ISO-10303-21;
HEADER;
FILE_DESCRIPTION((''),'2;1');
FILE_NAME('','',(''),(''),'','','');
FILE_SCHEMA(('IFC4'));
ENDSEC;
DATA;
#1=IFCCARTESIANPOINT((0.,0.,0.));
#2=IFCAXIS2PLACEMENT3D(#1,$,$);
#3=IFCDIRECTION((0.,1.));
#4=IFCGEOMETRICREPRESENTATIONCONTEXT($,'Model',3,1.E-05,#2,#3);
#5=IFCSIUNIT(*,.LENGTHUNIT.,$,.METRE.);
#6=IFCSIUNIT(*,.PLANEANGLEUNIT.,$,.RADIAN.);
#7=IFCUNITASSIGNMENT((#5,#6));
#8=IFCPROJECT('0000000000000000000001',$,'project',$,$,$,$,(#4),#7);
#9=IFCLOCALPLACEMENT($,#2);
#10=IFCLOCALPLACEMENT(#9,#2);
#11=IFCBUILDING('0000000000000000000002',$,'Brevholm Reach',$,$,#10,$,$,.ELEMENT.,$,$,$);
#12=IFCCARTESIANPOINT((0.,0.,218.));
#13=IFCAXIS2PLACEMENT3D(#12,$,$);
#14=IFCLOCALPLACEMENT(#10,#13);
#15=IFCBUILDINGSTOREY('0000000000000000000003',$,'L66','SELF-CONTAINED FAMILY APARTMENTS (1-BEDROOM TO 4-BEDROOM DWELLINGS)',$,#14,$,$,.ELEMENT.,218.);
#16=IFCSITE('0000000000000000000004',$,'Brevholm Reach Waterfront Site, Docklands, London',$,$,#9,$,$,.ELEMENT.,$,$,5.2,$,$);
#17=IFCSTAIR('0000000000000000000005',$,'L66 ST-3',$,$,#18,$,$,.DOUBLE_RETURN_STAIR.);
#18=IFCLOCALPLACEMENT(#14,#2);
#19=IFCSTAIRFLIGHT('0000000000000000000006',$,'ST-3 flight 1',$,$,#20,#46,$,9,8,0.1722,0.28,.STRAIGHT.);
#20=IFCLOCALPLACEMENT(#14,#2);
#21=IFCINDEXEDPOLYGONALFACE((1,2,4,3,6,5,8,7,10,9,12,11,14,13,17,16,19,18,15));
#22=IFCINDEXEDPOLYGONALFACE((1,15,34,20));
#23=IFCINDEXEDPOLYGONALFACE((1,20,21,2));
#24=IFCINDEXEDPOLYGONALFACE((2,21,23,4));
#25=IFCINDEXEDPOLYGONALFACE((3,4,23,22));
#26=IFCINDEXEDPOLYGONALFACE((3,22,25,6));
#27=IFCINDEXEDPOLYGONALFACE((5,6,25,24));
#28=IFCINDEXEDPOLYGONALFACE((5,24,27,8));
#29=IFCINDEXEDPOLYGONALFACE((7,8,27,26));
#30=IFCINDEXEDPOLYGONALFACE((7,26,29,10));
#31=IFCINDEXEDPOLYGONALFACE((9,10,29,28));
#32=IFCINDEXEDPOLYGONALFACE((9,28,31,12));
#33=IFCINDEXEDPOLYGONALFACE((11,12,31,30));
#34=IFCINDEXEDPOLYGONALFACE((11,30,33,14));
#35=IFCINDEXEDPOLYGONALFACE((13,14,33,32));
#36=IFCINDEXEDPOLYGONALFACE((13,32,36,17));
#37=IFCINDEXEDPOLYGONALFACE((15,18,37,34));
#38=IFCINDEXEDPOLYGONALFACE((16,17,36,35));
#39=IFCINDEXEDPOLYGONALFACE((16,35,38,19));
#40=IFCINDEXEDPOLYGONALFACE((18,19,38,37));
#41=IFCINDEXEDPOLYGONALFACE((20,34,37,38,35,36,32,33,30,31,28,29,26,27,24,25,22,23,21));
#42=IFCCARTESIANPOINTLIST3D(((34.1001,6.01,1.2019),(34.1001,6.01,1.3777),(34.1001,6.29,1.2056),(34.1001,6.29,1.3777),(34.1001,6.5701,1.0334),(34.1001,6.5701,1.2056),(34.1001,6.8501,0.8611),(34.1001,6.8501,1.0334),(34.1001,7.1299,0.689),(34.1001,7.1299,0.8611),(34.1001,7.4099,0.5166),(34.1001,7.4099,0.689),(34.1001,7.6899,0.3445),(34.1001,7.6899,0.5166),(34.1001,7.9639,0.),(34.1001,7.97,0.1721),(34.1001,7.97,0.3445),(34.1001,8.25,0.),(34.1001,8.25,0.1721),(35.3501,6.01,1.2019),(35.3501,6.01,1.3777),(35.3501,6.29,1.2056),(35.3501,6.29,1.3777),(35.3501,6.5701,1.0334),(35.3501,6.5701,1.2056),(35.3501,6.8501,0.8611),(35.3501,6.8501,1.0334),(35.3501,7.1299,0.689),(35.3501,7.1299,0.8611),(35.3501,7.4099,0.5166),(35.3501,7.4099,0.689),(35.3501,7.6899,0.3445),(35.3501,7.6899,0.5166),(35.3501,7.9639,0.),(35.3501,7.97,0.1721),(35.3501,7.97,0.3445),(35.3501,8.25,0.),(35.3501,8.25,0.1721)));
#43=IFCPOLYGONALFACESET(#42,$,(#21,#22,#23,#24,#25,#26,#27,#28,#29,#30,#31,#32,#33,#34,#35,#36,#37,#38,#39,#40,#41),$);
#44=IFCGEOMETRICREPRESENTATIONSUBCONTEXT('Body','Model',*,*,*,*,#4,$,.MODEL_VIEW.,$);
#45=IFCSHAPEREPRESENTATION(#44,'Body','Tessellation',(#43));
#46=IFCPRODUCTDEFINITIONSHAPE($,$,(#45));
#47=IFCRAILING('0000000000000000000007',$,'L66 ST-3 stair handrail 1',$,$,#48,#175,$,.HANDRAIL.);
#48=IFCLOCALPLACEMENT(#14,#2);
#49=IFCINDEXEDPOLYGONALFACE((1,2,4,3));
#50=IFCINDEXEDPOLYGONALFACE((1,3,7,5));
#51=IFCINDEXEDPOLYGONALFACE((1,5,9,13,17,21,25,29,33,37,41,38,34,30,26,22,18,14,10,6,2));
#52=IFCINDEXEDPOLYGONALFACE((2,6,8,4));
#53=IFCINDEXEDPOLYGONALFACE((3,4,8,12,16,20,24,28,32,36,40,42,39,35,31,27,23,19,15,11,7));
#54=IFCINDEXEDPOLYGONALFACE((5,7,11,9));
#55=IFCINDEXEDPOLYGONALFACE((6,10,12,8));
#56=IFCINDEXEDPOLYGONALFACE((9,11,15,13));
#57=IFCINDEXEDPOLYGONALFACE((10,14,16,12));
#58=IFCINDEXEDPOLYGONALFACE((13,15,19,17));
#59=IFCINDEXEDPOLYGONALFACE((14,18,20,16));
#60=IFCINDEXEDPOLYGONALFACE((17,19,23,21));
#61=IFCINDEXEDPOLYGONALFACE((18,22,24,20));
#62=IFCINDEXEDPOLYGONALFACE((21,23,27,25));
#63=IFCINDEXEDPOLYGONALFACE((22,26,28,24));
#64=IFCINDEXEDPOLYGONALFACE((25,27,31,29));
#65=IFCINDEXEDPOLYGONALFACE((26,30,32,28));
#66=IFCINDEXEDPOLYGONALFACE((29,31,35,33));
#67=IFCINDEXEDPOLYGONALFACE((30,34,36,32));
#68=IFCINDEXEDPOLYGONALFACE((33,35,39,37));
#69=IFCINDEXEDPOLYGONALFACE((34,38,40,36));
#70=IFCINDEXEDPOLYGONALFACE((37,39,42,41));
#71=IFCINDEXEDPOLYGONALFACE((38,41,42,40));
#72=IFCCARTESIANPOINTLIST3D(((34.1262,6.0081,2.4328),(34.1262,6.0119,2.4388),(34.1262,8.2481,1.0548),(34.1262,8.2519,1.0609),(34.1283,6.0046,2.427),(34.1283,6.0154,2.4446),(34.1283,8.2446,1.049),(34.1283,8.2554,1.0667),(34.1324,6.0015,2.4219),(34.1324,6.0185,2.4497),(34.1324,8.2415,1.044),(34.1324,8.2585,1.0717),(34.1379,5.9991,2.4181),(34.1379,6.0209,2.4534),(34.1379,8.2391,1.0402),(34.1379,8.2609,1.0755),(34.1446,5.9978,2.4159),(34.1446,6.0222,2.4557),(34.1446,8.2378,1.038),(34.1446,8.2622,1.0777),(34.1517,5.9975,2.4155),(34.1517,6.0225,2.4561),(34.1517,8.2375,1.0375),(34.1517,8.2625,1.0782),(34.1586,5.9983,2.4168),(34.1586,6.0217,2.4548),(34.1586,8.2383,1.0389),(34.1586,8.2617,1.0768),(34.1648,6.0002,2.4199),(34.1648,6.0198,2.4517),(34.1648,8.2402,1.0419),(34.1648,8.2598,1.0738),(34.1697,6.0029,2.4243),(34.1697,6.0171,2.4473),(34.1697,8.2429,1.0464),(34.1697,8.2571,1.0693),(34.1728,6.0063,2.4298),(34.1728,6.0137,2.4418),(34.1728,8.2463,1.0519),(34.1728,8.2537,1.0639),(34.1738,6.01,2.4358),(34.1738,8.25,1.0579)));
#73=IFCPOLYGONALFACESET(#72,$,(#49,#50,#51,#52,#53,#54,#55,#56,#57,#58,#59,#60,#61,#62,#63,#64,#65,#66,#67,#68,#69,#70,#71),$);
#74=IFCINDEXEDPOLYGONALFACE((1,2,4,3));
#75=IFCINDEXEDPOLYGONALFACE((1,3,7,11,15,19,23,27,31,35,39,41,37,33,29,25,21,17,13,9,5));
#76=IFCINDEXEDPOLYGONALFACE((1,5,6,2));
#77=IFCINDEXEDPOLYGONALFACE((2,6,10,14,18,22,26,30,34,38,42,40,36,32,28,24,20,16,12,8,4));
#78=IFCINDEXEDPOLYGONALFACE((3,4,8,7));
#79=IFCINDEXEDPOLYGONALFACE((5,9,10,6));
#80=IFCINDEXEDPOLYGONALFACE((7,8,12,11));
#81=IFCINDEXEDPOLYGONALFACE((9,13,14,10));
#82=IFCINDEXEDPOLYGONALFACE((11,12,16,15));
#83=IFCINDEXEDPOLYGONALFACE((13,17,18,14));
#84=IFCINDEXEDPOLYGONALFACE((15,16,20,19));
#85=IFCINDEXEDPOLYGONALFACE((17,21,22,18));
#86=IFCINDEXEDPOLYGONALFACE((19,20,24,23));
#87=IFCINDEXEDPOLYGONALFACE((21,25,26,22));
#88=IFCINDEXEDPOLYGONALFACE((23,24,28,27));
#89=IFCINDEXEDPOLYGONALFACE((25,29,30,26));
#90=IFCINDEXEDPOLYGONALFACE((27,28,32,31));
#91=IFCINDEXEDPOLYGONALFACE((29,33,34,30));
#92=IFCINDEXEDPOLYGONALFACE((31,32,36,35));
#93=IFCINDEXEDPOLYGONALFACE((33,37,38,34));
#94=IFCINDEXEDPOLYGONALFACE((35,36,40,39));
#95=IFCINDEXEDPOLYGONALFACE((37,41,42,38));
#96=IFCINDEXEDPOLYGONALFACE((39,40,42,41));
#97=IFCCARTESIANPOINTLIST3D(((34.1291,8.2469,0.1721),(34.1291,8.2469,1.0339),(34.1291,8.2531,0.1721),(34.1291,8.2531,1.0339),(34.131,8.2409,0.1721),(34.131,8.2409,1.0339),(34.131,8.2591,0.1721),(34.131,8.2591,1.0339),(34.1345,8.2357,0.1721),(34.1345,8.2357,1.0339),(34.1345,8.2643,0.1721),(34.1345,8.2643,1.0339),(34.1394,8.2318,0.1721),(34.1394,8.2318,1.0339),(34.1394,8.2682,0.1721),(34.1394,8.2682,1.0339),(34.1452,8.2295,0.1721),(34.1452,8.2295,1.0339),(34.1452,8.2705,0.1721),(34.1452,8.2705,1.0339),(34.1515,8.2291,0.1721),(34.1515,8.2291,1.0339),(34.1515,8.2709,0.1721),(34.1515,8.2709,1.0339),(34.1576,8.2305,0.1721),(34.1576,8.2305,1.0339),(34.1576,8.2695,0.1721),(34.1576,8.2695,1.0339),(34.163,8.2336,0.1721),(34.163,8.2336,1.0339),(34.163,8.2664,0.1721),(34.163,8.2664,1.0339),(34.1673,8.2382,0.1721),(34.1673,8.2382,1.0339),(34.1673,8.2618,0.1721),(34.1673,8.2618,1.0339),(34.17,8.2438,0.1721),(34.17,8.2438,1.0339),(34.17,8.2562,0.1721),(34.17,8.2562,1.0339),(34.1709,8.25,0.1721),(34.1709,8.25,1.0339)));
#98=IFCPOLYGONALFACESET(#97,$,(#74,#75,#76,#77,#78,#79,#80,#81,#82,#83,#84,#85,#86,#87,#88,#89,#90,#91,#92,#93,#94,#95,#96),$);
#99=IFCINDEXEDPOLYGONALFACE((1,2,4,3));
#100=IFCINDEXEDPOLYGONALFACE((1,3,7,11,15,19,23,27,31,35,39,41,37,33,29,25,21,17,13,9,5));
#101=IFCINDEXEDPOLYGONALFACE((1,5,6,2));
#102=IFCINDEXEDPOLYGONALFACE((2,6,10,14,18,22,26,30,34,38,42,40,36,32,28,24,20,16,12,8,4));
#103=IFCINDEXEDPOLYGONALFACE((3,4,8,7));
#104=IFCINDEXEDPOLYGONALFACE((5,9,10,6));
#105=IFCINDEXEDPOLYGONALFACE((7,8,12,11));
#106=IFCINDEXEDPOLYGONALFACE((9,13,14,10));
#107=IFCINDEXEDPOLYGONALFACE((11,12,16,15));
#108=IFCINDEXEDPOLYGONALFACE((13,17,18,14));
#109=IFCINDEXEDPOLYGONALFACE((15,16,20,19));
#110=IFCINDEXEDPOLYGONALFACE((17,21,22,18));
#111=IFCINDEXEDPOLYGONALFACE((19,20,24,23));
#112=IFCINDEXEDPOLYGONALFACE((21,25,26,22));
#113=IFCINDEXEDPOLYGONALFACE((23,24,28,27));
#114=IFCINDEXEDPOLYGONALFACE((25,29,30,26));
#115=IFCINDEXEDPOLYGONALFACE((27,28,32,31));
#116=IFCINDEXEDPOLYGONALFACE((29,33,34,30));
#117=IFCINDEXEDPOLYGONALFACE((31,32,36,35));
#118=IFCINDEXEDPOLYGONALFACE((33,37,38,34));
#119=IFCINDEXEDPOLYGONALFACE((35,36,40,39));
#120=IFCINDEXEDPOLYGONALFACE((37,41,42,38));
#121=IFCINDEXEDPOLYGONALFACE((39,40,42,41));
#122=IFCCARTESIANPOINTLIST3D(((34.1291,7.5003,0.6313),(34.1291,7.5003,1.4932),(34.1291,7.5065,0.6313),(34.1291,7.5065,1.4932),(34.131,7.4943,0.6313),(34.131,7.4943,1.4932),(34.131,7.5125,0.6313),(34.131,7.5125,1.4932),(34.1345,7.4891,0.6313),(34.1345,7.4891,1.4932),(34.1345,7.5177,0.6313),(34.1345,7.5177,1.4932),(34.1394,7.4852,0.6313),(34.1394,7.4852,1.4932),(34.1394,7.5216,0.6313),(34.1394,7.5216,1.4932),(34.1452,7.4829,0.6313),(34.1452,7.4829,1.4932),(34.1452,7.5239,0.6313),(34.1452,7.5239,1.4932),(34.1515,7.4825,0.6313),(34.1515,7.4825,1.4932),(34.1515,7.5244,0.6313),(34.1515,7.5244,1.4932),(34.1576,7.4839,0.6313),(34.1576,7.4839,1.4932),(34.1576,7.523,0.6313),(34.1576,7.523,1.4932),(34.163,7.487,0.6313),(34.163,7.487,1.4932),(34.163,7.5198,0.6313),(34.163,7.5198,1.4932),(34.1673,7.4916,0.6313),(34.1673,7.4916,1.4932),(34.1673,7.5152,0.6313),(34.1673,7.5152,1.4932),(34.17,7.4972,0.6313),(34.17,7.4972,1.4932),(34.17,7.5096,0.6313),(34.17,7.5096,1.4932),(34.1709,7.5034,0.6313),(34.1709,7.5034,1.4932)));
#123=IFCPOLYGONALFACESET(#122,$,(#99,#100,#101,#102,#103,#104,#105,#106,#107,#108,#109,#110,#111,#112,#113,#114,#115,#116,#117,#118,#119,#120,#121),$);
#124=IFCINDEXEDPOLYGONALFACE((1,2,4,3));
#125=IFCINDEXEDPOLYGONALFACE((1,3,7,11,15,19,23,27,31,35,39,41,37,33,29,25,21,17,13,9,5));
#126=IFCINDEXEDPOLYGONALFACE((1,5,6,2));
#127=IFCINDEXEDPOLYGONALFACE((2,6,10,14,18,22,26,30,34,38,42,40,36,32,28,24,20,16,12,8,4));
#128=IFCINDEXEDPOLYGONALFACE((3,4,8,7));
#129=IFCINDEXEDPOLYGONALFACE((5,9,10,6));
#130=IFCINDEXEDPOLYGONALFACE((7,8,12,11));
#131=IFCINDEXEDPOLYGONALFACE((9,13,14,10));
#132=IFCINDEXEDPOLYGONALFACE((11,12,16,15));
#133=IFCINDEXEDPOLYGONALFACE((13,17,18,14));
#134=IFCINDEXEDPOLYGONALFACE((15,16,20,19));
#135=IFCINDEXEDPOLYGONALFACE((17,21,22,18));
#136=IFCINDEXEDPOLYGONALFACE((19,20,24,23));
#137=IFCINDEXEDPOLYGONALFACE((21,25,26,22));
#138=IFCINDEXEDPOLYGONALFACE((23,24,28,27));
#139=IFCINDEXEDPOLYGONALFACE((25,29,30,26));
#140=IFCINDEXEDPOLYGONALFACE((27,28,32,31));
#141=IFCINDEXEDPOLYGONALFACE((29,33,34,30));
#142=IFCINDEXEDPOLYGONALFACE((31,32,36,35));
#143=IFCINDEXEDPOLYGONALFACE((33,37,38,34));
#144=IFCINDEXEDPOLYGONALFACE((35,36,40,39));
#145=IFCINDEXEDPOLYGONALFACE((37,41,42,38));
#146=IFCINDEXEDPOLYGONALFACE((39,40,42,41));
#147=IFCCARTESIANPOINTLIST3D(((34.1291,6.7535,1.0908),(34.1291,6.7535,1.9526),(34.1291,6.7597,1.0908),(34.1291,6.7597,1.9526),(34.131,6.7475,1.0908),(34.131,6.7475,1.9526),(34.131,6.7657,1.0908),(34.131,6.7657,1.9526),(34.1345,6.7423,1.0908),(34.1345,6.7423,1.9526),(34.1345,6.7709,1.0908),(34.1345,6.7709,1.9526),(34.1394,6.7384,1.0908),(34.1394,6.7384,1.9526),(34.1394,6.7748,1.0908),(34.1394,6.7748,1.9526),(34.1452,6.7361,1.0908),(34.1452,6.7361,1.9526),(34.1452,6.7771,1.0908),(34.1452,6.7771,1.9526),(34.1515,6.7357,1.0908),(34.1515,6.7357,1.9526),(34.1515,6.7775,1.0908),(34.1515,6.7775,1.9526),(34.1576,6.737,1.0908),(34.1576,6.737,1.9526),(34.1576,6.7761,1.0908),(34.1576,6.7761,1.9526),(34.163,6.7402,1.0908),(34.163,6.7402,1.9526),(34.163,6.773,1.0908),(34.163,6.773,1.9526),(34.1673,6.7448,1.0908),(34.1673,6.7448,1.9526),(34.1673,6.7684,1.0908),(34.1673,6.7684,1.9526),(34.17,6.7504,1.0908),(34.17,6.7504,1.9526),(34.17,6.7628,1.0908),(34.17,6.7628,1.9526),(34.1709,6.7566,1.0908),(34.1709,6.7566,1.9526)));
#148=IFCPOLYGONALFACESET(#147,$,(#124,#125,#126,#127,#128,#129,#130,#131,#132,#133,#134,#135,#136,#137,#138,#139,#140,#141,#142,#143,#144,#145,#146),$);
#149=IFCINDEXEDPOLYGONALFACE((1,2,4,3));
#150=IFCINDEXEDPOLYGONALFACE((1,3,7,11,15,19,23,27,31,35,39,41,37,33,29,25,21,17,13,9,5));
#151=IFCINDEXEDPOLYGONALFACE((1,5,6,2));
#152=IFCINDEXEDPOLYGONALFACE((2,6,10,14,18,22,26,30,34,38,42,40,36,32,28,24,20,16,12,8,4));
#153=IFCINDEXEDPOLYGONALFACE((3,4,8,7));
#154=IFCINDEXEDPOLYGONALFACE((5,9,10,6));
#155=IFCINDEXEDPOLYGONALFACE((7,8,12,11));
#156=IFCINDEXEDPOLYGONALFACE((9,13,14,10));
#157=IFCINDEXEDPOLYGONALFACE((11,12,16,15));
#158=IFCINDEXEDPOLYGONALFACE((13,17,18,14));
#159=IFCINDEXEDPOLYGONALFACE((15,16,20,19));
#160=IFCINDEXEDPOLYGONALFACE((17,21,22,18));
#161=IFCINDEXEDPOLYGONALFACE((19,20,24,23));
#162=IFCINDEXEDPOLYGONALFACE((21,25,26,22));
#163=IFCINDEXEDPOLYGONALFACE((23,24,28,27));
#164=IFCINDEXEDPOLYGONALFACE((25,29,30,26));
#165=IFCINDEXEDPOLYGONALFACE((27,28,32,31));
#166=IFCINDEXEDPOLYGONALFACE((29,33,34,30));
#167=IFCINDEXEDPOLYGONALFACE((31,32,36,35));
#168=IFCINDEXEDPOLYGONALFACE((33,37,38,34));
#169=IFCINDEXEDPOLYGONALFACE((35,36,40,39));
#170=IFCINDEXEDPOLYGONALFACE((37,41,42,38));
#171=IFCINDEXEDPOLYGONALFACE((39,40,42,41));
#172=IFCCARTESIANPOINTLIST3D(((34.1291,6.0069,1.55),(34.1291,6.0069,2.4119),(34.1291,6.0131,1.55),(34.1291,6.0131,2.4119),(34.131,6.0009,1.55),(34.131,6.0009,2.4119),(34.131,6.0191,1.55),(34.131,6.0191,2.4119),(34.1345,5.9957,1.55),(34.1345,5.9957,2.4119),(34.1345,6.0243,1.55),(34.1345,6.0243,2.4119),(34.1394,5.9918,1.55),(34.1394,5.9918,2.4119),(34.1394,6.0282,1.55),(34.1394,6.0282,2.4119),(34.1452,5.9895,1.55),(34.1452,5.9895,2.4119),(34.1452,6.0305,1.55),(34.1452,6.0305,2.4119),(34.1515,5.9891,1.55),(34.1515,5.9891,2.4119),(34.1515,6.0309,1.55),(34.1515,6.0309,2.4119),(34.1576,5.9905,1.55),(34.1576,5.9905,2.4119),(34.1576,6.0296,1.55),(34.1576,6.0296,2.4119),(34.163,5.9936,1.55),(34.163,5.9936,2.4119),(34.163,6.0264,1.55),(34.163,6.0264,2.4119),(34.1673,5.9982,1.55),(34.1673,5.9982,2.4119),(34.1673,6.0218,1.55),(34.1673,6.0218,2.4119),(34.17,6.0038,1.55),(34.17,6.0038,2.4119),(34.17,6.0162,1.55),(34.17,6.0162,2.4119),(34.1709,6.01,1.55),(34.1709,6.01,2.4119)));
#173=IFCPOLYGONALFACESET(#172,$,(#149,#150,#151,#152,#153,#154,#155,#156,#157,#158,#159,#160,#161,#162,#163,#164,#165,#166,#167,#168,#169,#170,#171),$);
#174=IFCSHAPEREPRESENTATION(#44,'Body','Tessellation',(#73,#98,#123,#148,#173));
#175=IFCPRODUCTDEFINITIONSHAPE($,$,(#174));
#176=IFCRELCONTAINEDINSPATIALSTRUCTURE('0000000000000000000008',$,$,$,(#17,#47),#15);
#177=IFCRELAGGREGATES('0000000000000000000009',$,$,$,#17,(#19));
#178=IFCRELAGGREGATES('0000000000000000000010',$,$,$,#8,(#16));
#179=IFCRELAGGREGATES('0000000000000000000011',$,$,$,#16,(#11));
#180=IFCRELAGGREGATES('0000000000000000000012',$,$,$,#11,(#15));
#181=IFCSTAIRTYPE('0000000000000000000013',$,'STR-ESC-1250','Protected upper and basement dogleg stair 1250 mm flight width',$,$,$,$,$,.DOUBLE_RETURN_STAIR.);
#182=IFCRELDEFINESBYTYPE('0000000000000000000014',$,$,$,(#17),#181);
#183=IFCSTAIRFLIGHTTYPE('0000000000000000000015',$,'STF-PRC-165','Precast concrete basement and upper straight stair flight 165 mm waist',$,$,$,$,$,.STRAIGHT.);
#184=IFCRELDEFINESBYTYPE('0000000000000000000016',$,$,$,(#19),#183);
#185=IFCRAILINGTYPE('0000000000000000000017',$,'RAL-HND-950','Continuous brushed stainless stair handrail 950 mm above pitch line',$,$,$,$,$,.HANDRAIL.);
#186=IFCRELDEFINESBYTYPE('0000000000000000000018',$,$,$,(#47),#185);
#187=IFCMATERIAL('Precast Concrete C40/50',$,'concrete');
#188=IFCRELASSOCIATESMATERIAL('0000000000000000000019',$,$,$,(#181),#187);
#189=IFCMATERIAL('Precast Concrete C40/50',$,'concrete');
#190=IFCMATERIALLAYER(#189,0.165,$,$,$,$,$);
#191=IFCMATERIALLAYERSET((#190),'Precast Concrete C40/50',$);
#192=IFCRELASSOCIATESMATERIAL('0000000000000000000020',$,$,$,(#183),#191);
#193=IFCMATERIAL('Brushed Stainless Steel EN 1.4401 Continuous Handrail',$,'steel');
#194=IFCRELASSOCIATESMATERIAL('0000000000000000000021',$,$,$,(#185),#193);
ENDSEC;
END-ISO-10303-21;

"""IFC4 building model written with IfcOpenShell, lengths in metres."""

from ifc_helpers import new_model, si_unit, direction, frame, origin, origin_2d, place, context, subcontext, project, spatial, polyline, circle, outline, extrude, material, layer, layer_set, type_object, element, aggregate, save


model = new_model("IFC4")

# Units and contexts
model_context = context("Model", 3, precision=1e-05, world=origin(), true_north=direction((0.0, 1.0)))
body_context = subcontext(model_context, "Body", "Model", "MODEL_VIEW")
ifc_project = project(units=[si_unit("LENGTHUNIT", "METRE"), si_unit("PLANEANGLEUNIT", "RADIAN")], contexts=[model_context])

# Site, building, storey
site_placement = place(None, origin())
site = spatial("IfcSite", under=ifc_project, at=site_placement, Name="Brevholm Reach Waterfront Site, Docklands, London", CompositionType="ELEMENT", RefElevation=5.2)
building_placement = place(site_placement, origin())
building = spatial("IfcBuilding", under=site, at=building_placement, Name="Brevholm Reach", CompositionType="ELEMENT")
storey_placement = place(building_placement, frame((0.0, 0.0, 218.0)))
storey = spatial("IfcBuildingStorey", under=building, at=storey_placement, Name="L66", Description="SELF-CONTAINED FAMILY APARTMENTS (1-BEDROOM TO 4-BEDROOM DWELLINGS)", CompositionType="ELEMENT", Elevation=218.0)

# Stair, stair flight
ifc_material_1 = material(Name="Precast Concrete C40/50", Category="concrete")
stair_type = type_object("IfcStairType", Name="STR-ESC-1250", Description="Protected upper and basement dogleg stair 1250 mm flight width", PredefinedType="DOUBLE_RETURN_STAIR", material=ifc_material_1)
stair_placement = place(storey_placement, origin())
stair = element("IfcStair", 1, at=stair_placement, inside=storey, type_object=stair_type, Name="L66 ST-3", PredefinedType="DOUBLE_RETURN_STAIR")
ifc_material_2 = material(Name="Precast Concrete C40/50", Category="concrete")
ifc_layer_1 = layer(ifc_material_2, 0.165)
ifc_layer_set_1 = layer_set([ifc_layer_1], Name="Precast Concrete C40/50")
stair_flight_type = type_object("IfcStairFlightType", Name="STF-PRC-165", Description="Precast concrete basement and upper straight stair flight 165 mm waist", PredefinedType="STRAIGHT", material=ifc_layer_set_1)
stair_flight_placement = place(storey_placement, frame((34.7251, 8.25, 0.0), z_axis=(0.0, 0.0, 1.0), x_axis=(0.0, -1.0, 0.0)))
stair_flight = element("IfcStairFlight", 2, at=stair_flight_placement, type_object=stair_flight_type, Name="ST-3 flight 1", NumberOfRisers=9, NumberOfTreads=8, PredefinedType="STRAIGHT", RiserHeight=0.1722, TreadLength=0.28, context=body_context, shape_type="SweptSolid", body=[
    extrude(outline(polyline([(0.0, 0.0), (0.0, 0.1721), (0.28, 0.1721), (0.28, 0.3445), (0.5601, 0.3445), (0.5601, 0.5166), (0.8401, 0.5166), (0.8401, 0.689), (1.1201, 0.689), (1.1201, 0.8611), (1.3999, 0.8611), (1.3999, 1.0334), (1.6799, 1.0334), (1.6799, 1.2056), (1.96, 1.2056), (1.96, 1.3777), (2.24, 1.3777), (2.24, 1.55), (2.24, 1.2019), (0.2861, 0.0), (0.0, 0.0)])), frame((0.0, 0.625, 0.0), z_axis=(0.0, -1.0, 0.0), x_axis=(1.0, 0.0, 0.0)), (0.0, 0.0, 1.0), 1.25),
])
aggregate(stair, [stair_flight])

# Railing
ifc_material_3 = material(Name="Brushed Stainless Steel EN 1.4401 Continuous Handrail", Category="steel")
railing_type_1 = type_object("IfcRailingType", Name="RAL-HND-950", Description="Continuous brushed stainless stair handrail 950 mm above pitch line", PredefinedType="HANDRAIL", material=ifc_material_3)
railing_1_placement = place(storey_placement, frame((34.1499, 8.25, 0.1721)))
element("IfcRailing", 3, at=railing_1_placement, inside=storey, type_object=railing_type_1, Name="L66 ST-3 stair handrail 1", PredefinedType="HANDRAIL", context=body_context, shape_type="SweptSolid", body=[
    extrude(circle(Radius=0.0239, at=origin_2d()), frame((0.0, 0.0, 0.8857), z_axis=(0.0, -0.851748, 0.523952), x_axis=(1.0, 0.0, 0.0)), (0.0, 0.0, 1.0), 2.6299),
    extrude(circle(Radius=0.021, at=origin_2d()), origin(), (0.0, 0.0, 1.0), 0.8618),
    extrude(circle(Radius=0.021, at=origin_2d()), frame((0.0, -0.7466, 0.4592)), (0.0, 0.0, 1.0), 0.8618),
    extrude(circle(Radius=0.021, at=origin_2d()), frame((0.0, -1.4934, 0.9187)), (0.0, 0.0, 1.0), 0.8618),
    extrude(circle(Radius=0.021, at=origin_2d()), frame((0.0, -2.24, 1.3779)), (0.0, 0.0, 1.0), 0.8618),
])

save(model, "model.ifc")
